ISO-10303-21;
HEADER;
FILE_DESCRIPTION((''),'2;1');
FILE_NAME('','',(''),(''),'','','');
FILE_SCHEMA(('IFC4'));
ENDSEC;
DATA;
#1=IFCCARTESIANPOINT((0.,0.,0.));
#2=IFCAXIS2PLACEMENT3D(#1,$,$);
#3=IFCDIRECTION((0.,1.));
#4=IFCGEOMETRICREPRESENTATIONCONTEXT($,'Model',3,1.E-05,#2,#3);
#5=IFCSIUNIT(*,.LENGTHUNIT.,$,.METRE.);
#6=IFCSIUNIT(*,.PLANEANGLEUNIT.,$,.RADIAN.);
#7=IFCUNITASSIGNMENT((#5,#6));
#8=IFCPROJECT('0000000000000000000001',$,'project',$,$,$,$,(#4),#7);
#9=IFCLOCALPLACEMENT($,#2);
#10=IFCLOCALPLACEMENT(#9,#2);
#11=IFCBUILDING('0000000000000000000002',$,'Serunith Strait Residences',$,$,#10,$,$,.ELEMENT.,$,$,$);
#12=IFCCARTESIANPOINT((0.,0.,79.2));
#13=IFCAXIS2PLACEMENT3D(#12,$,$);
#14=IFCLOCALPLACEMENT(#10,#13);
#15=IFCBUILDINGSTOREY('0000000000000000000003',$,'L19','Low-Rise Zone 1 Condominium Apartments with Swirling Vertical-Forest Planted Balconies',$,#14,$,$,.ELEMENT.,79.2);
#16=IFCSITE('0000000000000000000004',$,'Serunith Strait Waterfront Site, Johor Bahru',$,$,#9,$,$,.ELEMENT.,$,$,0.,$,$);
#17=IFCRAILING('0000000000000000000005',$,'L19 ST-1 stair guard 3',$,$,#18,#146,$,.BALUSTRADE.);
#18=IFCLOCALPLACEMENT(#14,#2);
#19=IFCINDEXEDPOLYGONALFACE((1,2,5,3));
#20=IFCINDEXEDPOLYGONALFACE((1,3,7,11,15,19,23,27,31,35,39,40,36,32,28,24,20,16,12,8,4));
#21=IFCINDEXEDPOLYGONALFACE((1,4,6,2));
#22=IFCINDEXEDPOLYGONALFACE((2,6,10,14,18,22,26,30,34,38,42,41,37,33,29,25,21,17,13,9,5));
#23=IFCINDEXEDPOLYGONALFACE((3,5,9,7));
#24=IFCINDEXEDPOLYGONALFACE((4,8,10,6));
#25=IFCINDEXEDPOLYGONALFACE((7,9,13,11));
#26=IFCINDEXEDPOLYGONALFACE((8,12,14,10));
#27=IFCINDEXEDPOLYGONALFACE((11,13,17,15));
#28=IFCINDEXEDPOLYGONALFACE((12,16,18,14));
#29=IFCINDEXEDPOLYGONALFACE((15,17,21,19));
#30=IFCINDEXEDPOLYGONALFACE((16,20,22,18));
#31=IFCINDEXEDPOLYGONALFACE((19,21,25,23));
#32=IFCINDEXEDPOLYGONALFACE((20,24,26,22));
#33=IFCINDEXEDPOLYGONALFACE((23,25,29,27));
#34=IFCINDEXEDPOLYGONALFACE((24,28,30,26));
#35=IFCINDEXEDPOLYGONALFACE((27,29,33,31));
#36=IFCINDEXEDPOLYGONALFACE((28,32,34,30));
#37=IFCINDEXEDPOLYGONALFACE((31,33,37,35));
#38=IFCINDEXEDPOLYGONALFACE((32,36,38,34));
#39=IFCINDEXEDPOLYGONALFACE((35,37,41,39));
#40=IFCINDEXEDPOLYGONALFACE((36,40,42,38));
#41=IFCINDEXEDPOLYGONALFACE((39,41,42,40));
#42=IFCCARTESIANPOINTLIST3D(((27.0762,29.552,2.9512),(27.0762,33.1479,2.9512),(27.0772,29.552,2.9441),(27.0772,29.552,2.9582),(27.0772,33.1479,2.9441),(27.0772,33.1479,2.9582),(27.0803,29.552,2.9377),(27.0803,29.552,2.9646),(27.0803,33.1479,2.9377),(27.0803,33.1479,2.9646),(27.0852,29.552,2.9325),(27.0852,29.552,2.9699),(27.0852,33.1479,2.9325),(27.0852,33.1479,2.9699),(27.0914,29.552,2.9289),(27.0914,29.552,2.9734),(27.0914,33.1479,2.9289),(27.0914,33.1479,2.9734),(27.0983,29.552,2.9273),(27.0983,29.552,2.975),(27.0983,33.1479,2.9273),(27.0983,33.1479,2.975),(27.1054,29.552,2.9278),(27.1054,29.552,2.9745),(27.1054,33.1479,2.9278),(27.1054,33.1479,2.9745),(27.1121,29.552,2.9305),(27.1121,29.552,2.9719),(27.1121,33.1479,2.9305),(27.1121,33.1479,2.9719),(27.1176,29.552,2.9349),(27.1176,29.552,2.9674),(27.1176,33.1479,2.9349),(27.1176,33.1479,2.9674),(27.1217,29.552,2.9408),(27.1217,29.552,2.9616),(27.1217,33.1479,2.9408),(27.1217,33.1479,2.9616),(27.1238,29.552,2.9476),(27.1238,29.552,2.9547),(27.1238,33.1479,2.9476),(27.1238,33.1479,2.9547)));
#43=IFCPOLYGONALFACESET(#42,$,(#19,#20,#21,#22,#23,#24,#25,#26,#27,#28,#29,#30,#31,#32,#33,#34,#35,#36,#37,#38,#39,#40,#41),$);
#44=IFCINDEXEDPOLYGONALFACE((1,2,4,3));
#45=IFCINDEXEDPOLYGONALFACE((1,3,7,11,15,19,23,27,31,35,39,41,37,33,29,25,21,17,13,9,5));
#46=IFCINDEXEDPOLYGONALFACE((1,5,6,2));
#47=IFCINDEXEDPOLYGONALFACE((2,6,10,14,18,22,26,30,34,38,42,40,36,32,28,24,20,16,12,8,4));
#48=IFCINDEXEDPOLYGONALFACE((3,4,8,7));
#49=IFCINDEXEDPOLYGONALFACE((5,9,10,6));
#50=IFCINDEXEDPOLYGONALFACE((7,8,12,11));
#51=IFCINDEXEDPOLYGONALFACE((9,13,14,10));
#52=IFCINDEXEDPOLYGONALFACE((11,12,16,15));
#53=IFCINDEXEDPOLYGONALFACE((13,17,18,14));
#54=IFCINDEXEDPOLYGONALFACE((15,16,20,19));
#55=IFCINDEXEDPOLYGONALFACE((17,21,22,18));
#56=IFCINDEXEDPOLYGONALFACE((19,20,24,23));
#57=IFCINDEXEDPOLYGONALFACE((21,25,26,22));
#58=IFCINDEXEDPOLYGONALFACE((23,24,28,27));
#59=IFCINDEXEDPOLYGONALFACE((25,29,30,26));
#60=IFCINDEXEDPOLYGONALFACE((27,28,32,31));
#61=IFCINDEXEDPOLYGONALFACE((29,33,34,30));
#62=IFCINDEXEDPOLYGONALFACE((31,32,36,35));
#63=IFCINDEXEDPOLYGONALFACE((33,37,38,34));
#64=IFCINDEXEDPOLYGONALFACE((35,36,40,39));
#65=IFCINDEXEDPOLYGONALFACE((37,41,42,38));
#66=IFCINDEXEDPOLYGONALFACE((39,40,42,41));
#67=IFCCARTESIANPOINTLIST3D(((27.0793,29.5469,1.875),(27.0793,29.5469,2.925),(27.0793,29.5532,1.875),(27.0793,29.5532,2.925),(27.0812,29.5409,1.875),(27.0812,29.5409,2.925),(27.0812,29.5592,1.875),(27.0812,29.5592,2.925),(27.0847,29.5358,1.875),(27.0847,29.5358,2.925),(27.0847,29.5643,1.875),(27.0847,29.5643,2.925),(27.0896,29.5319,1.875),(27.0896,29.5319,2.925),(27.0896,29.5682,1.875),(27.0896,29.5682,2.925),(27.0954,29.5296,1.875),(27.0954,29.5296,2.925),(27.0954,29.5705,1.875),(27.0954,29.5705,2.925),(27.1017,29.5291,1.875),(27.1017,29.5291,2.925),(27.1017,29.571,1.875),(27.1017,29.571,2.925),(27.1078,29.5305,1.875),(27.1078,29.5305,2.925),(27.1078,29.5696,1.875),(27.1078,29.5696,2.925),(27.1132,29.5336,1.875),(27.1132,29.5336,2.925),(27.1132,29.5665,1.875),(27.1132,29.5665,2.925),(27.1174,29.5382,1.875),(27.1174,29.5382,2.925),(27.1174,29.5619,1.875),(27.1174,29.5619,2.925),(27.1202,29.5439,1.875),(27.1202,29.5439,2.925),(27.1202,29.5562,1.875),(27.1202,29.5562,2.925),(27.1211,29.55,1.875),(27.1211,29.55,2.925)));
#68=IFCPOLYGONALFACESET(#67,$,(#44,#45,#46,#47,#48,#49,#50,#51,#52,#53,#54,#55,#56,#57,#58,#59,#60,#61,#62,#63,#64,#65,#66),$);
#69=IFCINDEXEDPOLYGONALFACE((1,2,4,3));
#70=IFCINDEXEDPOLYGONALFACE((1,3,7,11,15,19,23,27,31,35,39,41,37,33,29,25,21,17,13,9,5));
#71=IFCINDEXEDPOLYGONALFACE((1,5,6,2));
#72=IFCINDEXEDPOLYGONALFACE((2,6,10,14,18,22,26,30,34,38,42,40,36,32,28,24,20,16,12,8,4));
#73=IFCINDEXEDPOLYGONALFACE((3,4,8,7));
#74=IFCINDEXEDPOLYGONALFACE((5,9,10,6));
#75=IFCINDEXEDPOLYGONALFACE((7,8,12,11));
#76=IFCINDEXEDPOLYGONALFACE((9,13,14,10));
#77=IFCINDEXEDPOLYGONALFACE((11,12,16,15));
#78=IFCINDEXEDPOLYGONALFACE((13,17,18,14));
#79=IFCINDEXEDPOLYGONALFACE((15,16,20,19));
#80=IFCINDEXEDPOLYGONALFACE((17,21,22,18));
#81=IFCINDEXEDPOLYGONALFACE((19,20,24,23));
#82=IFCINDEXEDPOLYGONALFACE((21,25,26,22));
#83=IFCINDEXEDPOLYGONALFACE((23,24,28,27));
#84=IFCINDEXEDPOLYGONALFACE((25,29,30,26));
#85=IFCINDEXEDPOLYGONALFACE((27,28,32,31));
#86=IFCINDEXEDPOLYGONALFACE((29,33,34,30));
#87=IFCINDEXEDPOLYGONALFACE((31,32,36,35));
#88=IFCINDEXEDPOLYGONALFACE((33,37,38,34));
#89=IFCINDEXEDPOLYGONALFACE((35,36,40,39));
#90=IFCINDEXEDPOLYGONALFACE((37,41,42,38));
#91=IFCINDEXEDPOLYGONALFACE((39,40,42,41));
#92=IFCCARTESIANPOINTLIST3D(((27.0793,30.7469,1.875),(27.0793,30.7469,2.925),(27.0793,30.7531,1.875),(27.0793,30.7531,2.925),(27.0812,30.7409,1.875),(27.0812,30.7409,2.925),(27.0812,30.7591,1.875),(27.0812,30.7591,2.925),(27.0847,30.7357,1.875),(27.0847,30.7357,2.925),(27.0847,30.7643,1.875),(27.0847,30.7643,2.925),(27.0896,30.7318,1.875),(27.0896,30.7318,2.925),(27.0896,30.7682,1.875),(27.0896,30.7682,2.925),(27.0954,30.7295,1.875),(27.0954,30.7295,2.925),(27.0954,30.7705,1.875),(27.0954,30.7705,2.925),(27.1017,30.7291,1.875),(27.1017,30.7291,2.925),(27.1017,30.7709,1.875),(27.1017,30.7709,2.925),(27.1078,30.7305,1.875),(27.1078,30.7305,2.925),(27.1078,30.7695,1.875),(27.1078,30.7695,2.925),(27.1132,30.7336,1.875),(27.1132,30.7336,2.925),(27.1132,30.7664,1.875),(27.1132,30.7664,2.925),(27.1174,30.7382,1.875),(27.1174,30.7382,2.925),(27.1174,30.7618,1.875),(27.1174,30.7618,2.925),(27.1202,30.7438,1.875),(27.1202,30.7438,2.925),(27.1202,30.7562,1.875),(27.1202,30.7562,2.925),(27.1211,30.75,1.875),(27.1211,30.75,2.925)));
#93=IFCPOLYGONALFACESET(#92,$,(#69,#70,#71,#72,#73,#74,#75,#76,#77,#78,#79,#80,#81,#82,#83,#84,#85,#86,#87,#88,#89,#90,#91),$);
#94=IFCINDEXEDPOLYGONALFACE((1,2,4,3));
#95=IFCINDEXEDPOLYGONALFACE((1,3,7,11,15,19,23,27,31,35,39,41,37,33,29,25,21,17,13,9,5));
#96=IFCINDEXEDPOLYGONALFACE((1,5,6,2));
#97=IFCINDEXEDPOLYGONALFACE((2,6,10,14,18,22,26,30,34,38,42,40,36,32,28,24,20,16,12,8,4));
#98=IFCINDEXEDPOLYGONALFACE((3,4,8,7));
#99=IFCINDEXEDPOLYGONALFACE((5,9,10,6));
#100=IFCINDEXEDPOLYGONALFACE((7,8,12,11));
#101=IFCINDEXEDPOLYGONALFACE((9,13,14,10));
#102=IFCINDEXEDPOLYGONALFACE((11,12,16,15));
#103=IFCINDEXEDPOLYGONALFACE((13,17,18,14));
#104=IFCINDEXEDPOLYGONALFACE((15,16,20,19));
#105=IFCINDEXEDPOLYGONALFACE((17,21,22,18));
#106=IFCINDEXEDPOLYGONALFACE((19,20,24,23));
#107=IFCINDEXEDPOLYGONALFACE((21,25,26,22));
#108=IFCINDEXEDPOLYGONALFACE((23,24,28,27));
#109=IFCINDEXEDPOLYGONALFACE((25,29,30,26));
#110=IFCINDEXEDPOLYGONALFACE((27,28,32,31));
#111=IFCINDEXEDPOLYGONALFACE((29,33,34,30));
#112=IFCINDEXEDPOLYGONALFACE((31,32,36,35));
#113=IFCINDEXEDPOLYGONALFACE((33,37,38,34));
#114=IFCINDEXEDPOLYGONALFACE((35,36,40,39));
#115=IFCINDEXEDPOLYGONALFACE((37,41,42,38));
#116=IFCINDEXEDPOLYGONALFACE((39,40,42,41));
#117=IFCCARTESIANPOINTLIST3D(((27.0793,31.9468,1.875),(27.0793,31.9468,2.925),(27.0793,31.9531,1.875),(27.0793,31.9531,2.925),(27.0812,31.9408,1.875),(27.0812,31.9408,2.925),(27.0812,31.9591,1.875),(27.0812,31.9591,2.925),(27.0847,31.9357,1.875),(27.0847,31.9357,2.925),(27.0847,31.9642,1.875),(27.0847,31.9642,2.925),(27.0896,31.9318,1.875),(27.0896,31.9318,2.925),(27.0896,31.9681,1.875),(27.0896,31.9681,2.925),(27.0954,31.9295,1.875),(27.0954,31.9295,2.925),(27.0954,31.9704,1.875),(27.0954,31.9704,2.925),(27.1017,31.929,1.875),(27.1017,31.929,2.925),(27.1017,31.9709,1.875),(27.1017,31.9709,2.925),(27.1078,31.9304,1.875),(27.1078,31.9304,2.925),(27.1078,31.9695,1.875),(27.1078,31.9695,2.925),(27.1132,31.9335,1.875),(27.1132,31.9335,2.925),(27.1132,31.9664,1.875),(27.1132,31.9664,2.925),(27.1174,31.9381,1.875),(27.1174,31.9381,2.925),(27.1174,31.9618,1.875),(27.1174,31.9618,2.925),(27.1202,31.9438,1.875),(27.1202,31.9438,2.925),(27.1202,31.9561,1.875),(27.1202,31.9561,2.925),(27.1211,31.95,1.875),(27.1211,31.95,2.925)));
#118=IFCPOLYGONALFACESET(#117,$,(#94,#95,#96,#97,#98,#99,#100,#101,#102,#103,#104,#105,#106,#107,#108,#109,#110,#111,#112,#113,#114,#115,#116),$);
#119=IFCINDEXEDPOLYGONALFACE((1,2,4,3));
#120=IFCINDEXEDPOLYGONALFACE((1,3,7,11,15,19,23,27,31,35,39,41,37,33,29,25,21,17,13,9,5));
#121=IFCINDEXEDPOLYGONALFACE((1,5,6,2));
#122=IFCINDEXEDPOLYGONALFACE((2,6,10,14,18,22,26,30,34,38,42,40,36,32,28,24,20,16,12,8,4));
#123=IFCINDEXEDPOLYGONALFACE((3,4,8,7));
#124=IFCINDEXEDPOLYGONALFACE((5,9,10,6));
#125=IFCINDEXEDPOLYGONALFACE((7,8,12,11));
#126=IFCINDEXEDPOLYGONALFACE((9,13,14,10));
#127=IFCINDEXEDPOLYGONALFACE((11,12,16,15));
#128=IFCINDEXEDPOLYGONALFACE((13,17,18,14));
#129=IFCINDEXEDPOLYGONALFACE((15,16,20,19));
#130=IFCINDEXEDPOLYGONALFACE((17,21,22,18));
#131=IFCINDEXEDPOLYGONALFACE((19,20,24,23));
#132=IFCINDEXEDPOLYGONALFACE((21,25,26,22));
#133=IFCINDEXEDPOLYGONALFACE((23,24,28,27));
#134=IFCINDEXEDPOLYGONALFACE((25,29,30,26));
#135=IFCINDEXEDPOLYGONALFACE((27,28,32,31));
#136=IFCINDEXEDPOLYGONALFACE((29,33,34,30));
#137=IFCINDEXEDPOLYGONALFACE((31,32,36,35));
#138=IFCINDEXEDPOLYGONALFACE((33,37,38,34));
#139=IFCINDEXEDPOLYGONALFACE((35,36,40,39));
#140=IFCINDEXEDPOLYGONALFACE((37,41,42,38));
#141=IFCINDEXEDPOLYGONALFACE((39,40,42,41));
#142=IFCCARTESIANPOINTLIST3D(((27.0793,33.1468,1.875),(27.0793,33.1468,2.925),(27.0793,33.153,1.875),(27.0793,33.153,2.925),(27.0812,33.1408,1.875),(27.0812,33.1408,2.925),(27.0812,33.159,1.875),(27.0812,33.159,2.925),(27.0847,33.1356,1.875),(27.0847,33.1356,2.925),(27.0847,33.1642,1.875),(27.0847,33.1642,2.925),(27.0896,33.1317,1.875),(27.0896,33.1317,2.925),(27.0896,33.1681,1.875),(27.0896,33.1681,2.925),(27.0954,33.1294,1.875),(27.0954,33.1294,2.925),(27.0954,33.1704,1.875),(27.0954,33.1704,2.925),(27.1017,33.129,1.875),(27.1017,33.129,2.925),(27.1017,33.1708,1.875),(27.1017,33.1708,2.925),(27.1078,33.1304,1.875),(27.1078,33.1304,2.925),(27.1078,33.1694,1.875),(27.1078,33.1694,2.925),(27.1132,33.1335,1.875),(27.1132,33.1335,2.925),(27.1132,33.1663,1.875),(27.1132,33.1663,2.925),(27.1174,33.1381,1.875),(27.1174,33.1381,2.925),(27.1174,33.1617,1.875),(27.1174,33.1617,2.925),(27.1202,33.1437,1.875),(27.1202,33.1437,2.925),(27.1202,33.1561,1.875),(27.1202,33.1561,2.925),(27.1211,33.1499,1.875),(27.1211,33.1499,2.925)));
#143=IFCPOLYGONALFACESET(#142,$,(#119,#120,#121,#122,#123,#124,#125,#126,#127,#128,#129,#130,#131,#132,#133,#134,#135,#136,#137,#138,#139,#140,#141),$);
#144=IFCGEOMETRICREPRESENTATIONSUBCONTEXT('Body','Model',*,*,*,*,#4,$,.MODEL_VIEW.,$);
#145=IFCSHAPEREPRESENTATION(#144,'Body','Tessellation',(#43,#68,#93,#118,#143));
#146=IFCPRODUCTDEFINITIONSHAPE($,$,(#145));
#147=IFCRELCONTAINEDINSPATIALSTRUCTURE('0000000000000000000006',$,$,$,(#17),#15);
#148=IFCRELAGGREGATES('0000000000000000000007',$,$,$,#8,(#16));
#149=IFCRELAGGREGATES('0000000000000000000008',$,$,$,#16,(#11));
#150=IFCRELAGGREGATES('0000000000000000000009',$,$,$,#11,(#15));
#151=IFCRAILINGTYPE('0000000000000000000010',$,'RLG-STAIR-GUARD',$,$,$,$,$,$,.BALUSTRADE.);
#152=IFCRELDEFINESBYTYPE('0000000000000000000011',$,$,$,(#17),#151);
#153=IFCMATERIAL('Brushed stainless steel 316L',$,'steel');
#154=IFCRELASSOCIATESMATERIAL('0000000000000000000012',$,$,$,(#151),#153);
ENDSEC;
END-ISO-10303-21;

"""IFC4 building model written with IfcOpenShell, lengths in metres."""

from ifc_helpers import new_model, si_unit, direction, frame, origin, origin_2d, place, context, subcontext, project, spatial, circle, extrude, material, type_object, element, save


model = new_model("IFC4")

# Units and contexts
model_context = context("Model", 3, precision=1e-05, world=origin(), true_north=direction((0.0, 1.0)))
body_context = subcontext(model_context, "Body", "Model", "MODEL_VIEW")
ifc_project = project(units=[si_unit("LENGTHUNIT", "METRE"), si_unit("PLANEANGLEUNIT", "RADIAN")], contexts=[model_context])

# Site, building, storey
site_placement = place(None, origin())
site = spatial("IfcSite", under=ifc_project, at=site_placement, Name="Serunith Strait Waterfront Site, Johor Bahru", CompositionType="ELEMENT", RefElevation=0.0)
building_placement = place(site_placement, origin())
building = spatial("IfcBuilding", under=site, at=building_placement, Name="Serunith Strait Residences", CompositionType="ELEMENT")
storey_placement = place(building_placement, frame((0.0, 0.0, 79.2)))
storey = spatial("IfcBuildingStorey", under=building, at=storey_placement, Name="L19", Description="Low-Rise Zone 1 Condominium Apartments with Swirling Vertical-Forest Planted Balconies", CompositionType="ELEMENT", Elevation=79.2)

# Railing
ifc_material_1 = material(Name="Brushed stainless steel 316L", Category="steel")
railing_type_1 = type_object("IfcRailingType", Name="RLG-STAIR-GUARD", PredefinedType="BALUSTRADE", material=ifc_material_1)
for number, where, name in (
    (1, (27.1001, 29.55, 1.875), "L19 ST-1 stair guard 3"),
):
    element("IfcRailing", number, at=place(storey_placement, frame(where)), inside=storey, type_object=railing_type_1, Name=name, PredefinedType="BALUSTRADE", context=body_context, shape_type="SweptSolid", body=[
        extrude(circle(Radius=0.0239, at=origin_2d()), frame((0.0, 0.002, 1.0762), z_axis=(0.0, 1.0, 0.0), x_axis=(-1.0, 0.0, 0.0)), (0.0, 0.0, 1.0), 3.5959),
        extrude(circle(Radius=0.021, at=origin_2d()), origin(), (0.0, 0.0, 1.0), 1.05),
        extrude(circle(Radius=0.021, at=origin_2d()), frame((0.0, 1.2, 0.0)), (0.0, 0.0, 1.0), 1.05),
        extrude(circle(Radius=0.021, at=origin_2d()), frame((0.0, 2.3999, 0.0)), (0.0, 0.0, 1.0), 1.05),
        extrude(circle(Radius=0.021, at=origin_2d()), frame((0.0, 3.5999, 0.0)), (0.0, 0.0, 1.0), 1.05),
    ])

save(model, "model.ifc")
